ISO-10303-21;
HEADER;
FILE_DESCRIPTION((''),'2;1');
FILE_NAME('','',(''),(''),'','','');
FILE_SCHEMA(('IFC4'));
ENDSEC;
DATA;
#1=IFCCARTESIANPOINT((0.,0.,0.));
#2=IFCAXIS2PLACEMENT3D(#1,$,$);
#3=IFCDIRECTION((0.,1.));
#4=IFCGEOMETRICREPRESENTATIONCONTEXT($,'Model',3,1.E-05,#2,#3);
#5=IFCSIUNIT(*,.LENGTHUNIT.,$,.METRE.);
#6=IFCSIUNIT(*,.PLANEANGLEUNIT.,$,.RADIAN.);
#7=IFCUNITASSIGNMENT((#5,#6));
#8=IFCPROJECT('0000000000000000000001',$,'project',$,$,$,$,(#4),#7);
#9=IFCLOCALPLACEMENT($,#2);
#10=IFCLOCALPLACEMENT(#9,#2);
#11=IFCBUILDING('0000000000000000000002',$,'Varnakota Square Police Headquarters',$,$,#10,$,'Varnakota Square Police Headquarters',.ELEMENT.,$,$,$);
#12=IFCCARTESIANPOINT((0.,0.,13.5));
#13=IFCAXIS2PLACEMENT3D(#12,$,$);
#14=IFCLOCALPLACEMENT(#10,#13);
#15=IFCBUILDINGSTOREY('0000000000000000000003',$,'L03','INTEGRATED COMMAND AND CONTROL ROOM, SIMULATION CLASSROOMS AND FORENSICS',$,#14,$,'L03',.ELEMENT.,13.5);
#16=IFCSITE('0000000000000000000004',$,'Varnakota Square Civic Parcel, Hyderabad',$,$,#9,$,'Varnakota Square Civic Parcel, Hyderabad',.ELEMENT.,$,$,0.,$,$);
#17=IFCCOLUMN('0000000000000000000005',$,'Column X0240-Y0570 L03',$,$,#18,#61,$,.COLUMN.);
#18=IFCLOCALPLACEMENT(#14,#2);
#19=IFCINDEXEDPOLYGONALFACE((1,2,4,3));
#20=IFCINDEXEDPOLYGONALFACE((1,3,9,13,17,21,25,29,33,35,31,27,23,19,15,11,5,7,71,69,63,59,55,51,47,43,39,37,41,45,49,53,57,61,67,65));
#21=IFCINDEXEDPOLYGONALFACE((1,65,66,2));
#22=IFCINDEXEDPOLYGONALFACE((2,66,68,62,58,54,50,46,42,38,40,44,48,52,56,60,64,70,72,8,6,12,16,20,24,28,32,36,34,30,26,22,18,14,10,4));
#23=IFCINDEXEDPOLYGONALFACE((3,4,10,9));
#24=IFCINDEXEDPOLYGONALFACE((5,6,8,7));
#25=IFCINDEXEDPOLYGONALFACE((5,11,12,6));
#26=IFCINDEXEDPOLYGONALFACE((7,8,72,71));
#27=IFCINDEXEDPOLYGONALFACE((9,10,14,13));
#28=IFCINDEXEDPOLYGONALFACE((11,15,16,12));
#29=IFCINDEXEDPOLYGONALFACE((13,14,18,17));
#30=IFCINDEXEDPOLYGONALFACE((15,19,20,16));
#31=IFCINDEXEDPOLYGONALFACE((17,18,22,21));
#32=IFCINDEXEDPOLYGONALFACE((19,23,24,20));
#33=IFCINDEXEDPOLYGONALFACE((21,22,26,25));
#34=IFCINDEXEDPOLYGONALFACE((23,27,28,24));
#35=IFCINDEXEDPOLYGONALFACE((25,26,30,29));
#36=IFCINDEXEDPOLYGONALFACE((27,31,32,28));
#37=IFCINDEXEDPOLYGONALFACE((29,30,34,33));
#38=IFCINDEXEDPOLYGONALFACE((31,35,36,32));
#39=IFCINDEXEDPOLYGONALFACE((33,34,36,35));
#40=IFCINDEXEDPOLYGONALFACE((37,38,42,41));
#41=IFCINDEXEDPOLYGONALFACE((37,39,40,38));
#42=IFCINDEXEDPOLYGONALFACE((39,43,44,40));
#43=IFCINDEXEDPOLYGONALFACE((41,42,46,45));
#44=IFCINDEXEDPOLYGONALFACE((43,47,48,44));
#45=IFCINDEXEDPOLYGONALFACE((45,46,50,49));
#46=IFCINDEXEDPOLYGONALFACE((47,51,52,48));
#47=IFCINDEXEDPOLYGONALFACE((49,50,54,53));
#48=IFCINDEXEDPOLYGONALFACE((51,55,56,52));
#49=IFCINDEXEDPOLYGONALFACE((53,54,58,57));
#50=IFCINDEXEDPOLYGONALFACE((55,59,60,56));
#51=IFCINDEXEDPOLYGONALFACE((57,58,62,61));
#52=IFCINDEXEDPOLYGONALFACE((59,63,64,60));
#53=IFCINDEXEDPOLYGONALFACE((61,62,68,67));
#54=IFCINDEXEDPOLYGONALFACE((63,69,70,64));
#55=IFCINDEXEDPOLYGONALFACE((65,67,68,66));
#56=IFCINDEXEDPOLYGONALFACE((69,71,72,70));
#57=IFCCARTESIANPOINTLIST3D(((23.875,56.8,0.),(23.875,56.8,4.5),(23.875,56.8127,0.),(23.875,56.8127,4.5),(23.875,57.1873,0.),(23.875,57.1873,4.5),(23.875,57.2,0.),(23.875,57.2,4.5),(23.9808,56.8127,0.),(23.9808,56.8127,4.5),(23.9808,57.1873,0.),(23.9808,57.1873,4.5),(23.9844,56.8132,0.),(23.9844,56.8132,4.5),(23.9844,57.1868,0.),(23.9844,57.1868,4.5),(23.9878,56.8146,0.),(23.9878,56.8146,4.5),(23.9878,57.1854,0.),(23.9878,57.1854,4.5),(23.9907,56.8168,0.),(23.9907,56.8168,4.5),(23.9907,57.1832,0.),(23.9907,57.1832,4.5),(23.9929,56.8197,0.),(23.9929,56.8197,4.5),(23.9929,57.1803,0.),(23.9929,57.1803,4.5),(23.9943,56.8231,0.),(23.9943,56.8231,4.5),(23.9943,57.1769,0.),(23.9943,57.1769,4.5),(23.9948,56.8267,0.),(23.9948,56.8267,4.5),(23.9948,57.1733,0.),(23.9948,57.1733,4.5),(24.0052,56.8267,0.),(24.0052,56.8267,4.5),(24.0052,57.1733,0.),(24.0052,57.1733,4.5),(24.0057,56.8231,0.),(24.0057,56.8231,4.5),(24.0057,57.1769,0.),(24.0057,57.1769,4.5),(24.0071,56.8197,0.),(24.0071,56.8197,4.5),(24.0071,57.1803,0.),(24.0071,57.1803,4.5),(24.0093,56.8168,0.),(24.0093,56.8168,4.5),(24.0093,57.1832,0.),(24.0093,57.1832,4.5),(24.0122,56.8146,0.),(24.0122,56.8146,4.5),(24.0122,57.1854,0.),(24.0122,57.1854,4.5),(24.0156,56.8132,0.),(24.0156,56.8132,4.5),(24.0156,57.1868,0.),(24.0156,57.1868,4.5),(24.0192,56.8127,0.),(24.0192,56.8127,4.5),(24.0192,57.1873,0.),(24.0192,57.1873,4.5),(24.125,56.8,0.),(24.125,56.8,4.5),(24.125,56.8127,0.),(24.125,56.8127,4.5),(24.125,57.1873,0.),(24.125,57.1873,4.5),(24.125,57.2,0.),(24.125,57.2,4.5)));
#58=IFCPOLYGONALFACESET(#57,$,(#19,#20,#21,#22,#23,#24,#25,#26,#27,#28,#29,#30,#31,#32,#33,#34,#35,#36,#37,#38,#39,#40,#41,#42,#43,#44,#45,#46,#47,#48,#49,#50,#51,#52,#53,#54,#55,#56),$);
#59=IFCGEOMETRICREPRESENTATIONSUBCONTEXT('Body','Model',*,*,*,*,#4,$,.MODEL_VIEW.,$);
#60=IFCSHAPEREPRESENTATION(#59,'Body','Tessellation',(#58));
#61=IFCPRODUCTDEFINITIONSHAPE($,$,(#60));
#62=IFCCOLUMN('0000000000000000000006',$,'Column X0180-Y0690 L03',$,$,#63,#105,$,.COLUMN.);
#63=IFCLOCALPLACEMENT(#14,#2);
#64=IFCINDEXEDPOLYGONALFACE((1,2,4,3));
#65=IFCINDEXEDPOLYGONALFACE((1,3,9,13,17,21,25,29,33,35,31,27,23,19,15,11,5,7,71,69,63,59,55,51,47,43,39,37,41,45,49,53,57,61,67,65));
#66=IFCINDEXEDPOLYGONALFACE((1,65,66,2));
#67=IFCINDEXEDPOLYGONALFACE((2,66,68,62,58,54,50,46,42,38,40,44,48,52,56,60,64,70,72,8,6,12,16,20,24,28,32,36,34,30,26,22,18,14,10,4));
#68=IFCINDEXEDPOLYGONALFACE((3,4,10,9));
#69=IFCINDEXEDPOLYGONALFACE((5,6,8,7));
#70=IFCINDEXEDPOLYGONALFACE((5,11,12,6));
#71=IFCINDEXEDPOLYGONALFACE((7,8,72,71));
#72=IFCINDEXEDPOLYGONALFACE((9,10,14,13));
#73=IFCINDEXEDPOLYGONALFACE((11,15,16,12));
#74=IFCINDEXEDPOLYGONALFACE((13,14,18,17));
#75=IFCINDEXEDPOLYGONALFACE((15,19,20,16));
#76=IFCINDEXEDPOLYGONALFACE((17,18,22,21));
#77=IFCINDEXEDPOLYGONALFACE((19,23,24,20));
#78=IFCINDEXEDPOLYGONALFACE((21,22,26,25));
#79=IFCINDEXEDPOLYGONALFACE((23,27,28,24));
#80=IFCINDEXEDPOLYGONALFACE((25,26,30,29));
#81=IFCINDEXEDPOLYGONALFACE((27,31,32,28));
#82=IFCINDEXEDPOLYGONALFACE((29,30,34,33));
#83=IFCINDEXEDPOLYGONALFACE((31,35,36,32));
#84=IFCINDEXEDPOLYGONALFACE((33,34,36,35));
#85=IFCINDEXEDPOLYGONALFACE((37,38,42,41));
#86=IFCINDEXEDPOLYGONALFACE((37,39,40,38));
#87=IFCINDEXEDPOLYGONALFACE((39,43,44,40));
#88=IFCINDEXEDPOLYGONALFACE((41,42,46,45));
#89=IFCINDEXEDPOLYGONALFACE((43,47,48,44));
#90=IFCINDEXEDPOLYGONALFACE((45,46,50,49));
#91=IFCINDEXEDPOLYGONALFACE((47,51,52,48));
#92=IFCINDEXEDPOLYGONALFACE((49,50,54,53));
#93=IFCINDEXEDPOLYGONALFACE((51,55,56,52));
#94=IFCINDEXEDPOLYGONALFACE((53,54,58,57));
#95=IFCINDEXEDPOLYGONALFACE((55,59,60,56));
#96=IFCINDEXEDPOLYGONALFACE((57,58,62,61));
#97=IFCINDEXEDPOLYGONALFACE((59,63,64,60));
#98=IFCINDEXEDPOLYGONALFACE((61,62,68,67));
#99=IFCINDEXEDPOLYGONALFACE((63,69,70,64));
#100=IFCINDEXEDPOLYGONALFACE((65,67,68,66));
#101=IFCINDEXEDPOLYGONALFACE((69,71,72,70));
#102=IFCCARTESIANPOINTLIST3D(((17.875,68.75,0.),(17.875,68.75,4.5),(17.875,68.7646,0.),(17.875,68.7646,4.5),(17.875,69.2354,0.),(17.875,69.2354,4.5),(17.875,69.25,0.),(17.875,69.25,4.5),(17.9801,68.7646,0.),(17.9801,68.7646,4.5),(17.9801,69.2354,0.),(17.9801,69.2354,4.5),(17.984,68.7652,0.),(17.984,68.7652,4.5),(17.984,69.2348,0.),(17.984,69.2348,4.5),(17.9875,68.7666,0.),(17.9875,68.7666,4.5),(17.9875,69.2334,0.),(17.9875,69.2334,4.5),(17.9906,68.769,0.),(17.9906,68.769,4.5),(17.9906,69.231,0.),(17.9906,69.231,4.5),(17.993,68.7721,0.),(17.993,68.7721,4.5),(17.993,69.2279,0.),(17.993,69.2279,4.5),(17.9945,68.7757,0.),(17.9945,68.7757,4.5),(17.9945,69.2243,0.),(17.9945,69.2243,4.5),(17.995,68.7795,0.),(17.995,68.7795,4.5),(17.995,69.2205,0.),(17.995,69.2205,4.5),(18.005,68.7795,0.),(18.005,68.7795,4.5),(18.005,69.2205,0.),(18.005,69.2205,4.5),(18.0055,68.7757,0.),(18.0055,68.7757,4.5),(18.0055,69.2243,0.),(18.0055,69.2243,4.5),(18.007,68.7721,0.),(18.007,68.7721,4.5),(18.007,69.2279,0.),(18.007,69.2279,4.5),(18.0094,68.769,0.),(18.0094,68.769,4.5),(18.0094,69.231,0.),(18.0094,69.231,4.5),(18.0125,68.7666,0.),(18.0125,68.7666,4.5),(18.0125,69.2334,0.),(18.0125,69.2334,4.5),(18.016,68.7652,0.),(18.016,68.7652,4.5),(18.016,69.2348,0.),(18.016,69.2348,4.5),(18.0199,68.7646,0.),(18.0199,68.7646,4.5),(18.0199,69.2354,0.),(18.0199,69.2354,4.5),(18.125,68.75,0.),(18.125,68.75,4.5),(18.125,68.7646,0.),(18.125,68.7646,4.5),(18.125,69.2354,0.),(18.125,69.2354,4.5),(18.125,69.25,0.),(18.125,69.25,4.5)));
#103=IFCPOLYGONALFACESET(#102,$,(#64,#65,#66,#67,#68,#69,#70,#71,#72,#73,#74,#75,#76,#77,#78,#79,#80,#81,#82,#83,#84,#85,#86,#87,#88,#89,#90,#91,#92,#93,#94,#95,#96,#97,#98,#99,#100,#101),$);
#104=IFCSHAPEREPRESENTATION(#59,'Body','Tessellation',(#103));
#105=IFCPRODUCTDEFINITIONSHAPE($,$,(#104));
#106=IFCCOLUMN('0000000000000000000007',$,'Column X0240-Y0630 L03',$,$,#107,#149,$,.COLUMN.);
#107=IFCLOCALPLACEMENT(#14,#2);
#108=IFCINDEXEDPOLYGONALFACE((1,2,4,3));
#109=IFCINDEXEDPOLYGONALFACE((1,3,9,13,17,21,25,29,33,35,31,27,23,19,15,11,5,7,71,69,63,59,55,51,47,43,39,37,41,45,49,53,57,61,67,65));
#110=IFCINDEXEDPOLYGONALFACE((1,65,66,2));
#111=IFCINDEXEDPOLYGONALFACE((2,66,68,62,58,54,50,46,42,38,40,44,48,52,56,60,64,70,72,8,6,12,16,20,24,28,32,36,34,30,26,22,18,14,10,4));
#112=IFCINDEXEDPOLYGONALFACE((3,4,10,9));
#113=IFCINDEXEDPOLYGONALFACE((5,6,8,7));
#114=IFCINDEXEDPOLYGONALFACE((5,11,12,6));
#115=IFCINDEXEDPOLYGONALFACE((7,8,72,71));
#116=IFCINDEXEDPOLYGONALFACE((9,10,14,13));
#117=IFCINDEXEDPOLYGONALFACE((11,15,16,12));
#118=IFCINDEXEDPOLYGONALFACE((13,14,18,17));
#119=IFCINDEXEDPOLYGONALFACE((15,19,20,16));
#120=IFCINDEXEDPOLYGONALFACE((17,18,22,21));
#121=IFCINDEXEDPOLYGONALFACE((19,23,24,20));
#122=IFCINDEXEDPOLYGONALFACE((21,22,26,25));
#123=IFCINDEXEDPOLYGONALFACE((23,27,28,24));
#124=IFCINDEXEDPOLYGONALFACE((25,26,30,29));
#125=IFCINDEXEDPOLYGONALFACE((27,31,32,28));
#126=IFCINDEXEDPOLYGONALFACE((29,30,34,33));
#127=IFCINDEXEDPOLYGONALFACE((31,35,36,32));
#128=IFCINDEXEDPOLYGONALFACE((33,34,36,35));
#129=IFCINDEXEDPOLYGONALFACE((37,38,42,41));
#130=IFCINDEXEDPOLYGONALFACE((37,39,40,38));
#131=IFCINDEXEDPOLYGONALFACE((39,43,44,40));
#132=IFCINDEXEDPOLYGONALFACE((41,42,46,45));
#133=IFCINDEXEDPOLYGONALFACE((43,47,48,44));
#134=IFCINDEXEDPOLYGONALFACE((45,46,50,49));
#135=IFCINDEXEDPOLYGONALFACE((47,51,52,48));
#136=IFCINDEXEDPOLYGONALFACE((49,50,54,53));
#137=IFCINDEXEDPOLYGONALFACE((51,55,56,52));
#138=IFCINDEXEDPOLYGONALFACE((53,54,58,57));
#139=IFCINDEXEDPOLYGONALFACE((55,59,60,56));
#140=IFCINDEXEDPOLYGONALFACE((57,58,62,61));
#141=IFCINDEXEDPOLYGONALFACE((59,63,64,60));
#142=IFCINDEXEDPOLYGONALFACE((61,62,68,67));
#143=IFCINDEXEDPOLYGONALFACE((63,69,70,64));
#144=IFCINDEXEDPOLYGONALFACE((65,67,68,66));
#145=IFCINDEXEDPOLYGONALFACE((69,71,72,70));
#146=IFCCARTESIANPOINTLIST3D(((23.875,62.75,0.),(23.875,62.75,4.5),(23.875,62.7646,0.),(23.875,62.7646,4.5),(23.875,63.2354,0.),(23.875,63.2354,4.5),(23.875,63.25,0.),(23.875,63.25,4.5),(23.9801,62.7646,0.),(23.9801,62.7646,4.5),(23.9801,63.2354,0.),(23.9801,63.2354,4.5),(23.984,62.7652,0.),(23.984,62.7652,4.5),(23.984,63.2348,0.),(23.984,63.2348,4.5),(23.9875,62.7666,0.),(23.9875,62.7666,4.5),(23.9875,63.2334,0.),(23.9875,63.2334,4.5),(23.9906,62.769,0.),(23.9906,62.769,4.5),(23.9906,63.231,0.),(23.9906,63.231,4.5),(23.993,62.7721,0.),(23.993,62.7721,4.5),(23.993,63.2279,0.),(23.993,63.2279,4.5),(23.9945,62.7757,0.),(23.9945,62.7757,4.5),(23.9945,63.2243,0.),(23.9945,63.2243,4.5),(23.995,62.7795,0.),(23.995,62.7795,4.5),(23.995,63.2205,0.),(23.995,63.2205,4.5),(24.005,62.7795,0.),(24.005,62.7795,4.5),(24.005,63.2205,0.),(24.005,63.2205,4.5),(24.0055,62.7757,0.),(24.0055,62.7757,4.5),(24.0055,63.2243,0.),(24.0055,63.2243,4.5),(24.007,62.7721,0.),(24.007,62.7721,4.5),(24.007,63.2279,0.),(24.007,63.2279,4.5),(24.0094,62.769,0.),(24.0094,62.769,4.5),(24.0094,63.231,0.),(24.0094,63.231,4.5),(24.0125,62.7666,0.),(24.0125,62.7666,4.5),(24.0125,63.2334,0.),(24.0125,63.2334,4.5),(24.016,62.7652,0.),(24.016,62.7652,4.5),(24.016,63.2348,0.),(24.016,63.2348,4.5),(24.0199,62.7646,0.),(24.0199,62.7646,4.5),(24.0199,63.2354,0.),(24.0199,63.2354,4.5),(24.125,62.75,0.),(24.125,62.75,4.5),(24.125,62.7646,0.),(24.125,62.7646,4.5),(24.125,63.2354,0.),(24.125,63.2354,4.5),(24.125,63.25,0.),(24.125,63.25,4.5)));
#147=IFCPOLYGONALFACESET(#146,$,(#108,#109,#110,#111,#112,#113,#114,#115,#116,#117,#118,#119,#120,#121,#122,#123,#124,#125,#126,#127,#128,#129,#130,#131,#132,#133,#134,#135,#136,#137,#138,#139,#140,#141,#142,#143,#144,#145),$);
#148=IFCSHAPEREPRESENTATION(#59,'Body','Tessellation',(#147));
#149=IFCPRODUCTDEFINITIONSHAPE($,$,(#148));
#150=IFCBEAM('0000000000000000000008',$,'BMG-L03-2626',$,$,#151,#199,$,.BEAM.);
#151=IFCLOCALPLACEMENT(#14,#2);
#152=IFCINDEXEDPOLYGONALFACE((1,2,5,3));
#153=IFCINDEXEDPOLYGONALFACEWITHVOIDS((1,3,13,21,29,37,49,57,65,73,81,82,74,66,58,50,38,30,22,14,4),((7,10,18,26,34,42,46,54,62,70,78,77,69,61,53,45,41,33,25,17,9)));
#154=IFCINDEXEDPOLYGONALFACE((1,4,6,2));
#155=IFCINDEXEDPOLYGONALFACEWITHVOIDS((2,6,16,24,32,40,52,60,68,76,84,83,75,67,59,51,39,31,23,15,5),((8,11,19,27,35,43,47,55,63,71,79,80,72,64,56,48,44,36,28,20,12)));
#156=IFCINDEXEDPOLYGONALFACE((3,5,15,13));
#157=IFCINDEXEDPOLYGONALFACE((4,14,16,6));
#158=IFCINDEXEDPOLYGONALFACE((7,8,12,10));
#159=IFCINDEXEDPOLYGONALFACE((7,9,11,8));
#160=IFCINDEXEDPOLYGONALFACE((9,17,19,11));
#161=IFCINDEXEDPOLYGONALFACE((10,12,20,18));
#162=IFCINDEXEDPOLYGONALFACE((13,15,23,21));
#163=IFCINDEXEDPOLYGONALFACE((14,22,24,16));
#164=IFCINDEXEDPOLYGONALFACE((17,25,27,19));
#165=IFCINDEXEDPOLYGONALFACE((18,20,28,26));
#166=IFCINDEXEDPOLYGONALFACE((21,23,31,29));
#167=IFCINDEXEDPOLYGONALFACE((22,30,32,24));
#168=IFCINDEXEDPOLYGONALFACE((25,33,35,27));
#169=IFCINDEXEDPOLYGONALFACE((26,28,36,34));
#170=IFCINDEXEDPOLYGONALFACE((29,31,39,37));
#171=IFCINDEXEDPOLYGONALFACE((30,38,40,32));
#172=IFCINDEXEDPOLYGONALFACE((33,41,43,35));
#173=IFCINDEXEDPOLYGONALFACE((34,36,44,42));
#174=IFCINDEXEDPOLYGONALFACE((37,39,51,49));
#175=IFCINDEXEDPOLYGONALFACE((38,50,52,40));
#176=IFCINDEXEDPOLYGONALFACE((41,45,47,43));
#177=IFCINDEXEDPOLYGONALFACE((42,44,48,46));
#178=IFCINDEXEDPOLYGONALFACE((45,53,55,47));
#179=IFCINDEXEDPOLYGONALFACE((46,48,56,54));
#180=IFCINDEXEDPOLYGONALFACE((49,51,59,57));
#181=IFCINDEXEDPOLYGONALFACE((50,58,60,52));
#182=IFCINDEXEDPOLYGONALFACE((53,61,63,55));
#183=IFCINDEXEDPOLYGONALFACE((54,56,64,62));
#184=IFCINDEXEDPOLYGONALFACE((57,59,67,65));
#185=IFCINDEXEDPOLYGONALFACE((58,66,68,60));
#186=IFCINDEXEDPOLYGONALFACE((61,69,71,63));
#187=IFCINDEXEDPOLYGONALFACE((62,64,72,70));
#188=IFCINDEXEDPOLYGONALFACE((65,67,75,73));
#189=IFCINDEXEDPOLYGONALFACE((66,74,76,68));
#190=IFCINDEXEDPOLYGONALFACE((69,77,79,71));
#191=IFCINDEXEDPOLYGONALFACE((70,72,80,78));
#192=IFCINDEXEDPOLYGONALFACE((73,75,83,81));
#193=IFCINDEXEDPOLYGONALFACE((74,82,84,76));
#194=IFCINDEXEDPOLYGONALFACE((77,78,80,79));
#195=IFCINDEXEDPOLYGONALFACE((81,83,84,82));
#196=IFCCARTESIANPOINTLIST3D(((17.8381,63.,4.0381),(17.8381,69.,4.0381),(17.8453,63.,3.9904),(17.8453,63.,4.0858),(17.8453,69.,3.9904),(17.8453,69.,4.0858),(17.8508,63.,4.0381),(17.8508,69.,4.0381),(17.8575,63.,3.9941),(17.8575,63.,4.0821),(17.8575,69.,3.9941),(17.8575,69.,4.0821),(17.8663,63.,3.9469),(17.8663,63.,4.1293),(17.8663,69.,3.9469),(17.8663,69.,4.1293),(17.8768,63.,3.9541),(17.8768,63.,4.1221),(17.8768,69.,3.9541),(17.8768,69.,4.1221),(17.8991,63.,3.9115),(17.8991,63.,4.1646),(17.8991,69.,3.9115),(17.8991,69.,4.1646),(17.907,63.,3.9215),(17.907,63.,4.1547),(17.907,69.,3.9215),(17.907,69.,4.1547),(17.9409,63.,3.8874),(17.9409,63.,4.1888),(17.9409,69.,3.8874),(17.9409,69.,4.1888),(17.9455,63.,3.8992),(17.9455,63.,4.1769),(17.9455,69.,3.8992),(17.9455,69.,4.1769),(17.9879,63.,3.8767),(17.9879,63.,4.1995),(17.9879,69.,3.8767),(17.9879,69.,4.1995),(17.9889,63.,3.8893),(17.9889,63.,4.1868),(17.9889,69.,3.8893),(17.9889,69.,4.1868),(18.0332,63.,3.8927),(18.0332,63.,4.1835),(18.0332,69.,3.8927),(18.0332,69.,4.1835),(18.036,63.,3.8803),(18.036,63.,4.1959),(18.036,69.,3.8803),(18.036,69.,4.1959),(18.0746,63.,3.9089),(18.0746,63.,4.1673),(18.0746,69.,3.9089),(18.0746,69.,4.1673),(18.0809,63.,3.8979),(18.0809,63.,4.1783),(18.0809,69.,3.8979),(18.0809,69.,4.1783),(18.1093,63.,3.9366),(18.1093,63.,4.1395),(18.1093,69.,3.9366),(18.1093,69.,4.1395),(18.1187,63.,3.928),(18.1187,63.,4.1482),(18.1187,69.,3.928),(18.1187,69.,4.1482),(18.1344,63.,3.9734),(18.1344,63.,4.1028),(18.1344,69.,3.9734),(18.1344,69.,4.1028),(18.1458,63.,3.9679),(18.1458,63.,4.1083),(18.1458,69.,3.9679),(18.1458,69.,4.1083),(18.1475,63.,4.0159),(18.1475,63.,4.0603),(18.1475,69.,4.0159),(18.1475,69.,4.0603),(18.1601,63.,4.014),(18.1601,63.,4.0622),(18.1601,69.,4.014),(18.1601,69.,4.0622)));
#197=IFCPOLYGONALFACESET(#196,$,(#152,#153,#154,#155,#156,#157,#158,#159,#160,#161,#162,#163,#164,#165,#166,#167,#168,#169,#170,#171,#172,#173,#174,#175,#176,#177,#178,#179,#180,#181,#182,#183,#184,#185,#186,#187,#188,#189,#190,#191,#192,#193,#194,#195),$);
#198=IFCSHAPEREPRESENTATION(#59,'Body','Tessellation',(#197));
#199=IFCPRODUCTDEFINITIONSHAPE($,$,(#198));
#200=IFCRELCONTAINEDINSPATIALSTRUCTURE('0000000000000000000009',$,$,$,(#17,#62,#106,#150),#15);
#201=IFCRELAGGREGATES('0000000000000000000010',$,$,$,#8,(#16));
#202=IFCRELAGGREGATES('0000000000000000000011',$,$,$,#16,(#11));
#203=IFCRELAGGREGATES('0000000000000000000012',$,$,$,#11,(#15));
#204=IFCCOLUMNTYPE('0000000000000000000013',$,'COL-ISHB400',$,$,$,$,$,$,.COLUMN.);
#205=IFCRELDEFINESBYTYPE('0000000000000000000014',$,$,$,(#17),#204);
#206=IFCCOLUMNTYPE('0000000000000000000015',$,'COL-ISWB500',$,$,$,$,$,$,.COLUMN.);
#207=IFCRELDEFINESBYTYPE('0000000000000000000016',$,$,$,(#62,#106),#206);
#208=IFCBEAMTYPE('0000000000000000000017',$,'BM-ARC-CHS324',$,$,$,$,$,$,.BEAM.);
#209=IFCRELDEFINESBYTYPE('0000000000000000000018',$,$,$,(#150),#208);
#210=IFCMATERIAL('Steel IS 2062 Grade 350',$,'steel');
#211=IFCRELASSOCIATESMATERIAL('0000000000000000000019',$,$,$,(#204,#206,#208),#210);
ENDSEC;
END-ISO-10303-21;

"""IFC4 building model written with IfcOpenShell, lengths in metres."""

from ifc_helpers import new_model, si_unit, direction, frame, origin, origin_2d, place, context, subcontext, project, spatial, hollow_circle, i_section, extrude, material, material_profile, profile_set, type_object, element, save


model = new_model("IFC4")

# Units and contexts
model_context = context("Model", 3, precision=1e-05, world=origin(), true_north=direction((0.0, 1.0)))
body_context = subcontext(model_context, "Body", "Model", "MODEL_VIEW")
ifc_project = project(units=[si_unit("LENGTHUNIT", "METRE"), si_unit("PLANEANGLEUNIT", "RADIAN")], contexts=[model_context])

# Site, building, storey
site_placement = place(None, origin())
site = spatial("IfcSite", under=ifc_project, at=site_placement, Name="Varnakota Square Civic Parcel, Hyderabad", LongName="Varnakota Square Civic Parcel, Hyderabad", CompositionType="ELEMENT", RefElevation=0.0)
building_placement = place(site_placement, origin())
building = spatial("IfcBuilding", under=site, at=building_placement, Name="Varnakota Square Police Headquarters", LongName="Varnakota Square Police Headquarters", CompositionType="ELEMENT")
storey_placement = place(building_placement, frame((0.0, 0.0, 13.5)))
storey = spatial("IfcBuildingStorey", under=building, at=storey_placement, Name="L03", Description="INTEGRATED COMMAND AND CONTROL ROOM, SIMULATION CLASSROOMS AND FORENSICS", LongName="L03", CompositionType="ELEMENT", Elevation=13.5)

# Columns
ifc_material_1 = material(Name="Steel IS 2062 Grade 350", Category="steel")
ifc_material_profile_1 = material_profile(ifc_material_1, i_section(OverallWidth=0.25, OverallDepth=0.3999, WebThickness=0.0105, FlangeThickness=0.0127, FilletRadius=0.0139, at=origin_2d()), Name="ISHB 400")
ifc_profile_set_1 = profile_set([ifc_material_profile_1], Name="Steel IS 2062 Grade 350")
column_type_1 = type_object("IfcColumnType", Name="COL-ISHB400", PredefinedType="COLUMN", material=ifc_profile_set_1)
column_placement = place(storey_placement, frame((24.0, 57.0, 0.0), z_axis=(0.0, 0.0, 1.0), x_axis=(1.0, 0.0, 0.0)))
element("IfcColumn", 1, at=column_placement, inside=storey, type_object=column_type_1, Name="Column X0240-Y0570 L03", PredefinedType="COLUMN", context=body_context, shape_type="SweptSolid", body=[
    extrude(i_section(OverallWidth=0.25, OverallDepth=0.3999, WebThickness=0.0105, FlangeThickness=0.0127, FilletRadius=0.0139, at=origin_2d()), origin(), (0.0, 0.0, 1.0), 4.5),
])
ifc_material_profile_2 = material_profile(ifc_material_1, i_section(OverallWidth=0.25, OverallDepth=0.5, WebThickness=0.01, FlangeThickness=0.0146, FilletRadius=0.0149, at=origin_2d()), Name="ISWB 500")
ifc_profile_set_2 = profile_set([ifc_material_profile_2], Name="Steel IS 2062 Grade 350")
column_type_2 = type_object("IfcColumnType", Name="COL-ISWB500", PredefinedType="COLUMN", material=ifc_profile_set_2)
for number, where, z_axis, x_axis, name in (
    (2, (18.0, 69.0, 0.0), (0.0, 0.0, 1.0), (1.0, 0.0, 0.0), "Column X0180-Y0690 L03"),
    (3, (24.0, 63.0, 0.0), (0.0, 0.0, 1.0), (1.0, 0.0, 0.0), "Column X0240-Y0630 L03"),
):
    element("IfcColumn", number, at=place(storey_placement, frame(where, z_axis=z_axis, x_axis=x_axis)), inside=storey, type_object=column_type_2, Name=name, PredefinedType="COLUMN", context=body_context, shape_type="SweptSolid", body=[
        extrude(i_section(OverallWidth=0.25, OverallDepth=0.5, WebThickness=0.01, FlangeThickness=0.0146, FilletRadius=0.0149, at=origin_2d()), origin(), (0.0, 0.0, 1.0), 4.5),
    ])

# Beam
ifc_material_profile_3 = material_profile(ifc_material_1, hollow_circle(Radius=0.1619, WallThickness=0.0127, at=origin_2d()), Name="CHS 323.9x12.7")
ifc_profile_set_3 = profile_set([ifc_material_profile_3], Name="Steel IS 2062 Grade 350")
beam_type_1 = type_object("IfcBeamType", Name="BM-ARC-CHS324", PredefinedType="BEAM", material=ifc_profile_set_3)
beam_1_placement = place(storey_placement, frame((18.0, 63.0, 4.0381), z_axis=(0.0, 1.0, 0.0), x_axis=(-1.0, 0.0, 0.0)))
element("IfcBeam", 4, at=beam_1_placement, inside=storey, type_object=beam_type_1, Name="BMG-L03-2626", PredefinedType="BEAM", context=body_context, shape_type="SweptSolid", body=[
    extrude(hollow_circle(Radius=0.1619, WallThickness=0.0127, at=origin_2d()), origin(), (0.0, 0.0, 1.0), 6.0),
])

save(model, "model.ifc")
